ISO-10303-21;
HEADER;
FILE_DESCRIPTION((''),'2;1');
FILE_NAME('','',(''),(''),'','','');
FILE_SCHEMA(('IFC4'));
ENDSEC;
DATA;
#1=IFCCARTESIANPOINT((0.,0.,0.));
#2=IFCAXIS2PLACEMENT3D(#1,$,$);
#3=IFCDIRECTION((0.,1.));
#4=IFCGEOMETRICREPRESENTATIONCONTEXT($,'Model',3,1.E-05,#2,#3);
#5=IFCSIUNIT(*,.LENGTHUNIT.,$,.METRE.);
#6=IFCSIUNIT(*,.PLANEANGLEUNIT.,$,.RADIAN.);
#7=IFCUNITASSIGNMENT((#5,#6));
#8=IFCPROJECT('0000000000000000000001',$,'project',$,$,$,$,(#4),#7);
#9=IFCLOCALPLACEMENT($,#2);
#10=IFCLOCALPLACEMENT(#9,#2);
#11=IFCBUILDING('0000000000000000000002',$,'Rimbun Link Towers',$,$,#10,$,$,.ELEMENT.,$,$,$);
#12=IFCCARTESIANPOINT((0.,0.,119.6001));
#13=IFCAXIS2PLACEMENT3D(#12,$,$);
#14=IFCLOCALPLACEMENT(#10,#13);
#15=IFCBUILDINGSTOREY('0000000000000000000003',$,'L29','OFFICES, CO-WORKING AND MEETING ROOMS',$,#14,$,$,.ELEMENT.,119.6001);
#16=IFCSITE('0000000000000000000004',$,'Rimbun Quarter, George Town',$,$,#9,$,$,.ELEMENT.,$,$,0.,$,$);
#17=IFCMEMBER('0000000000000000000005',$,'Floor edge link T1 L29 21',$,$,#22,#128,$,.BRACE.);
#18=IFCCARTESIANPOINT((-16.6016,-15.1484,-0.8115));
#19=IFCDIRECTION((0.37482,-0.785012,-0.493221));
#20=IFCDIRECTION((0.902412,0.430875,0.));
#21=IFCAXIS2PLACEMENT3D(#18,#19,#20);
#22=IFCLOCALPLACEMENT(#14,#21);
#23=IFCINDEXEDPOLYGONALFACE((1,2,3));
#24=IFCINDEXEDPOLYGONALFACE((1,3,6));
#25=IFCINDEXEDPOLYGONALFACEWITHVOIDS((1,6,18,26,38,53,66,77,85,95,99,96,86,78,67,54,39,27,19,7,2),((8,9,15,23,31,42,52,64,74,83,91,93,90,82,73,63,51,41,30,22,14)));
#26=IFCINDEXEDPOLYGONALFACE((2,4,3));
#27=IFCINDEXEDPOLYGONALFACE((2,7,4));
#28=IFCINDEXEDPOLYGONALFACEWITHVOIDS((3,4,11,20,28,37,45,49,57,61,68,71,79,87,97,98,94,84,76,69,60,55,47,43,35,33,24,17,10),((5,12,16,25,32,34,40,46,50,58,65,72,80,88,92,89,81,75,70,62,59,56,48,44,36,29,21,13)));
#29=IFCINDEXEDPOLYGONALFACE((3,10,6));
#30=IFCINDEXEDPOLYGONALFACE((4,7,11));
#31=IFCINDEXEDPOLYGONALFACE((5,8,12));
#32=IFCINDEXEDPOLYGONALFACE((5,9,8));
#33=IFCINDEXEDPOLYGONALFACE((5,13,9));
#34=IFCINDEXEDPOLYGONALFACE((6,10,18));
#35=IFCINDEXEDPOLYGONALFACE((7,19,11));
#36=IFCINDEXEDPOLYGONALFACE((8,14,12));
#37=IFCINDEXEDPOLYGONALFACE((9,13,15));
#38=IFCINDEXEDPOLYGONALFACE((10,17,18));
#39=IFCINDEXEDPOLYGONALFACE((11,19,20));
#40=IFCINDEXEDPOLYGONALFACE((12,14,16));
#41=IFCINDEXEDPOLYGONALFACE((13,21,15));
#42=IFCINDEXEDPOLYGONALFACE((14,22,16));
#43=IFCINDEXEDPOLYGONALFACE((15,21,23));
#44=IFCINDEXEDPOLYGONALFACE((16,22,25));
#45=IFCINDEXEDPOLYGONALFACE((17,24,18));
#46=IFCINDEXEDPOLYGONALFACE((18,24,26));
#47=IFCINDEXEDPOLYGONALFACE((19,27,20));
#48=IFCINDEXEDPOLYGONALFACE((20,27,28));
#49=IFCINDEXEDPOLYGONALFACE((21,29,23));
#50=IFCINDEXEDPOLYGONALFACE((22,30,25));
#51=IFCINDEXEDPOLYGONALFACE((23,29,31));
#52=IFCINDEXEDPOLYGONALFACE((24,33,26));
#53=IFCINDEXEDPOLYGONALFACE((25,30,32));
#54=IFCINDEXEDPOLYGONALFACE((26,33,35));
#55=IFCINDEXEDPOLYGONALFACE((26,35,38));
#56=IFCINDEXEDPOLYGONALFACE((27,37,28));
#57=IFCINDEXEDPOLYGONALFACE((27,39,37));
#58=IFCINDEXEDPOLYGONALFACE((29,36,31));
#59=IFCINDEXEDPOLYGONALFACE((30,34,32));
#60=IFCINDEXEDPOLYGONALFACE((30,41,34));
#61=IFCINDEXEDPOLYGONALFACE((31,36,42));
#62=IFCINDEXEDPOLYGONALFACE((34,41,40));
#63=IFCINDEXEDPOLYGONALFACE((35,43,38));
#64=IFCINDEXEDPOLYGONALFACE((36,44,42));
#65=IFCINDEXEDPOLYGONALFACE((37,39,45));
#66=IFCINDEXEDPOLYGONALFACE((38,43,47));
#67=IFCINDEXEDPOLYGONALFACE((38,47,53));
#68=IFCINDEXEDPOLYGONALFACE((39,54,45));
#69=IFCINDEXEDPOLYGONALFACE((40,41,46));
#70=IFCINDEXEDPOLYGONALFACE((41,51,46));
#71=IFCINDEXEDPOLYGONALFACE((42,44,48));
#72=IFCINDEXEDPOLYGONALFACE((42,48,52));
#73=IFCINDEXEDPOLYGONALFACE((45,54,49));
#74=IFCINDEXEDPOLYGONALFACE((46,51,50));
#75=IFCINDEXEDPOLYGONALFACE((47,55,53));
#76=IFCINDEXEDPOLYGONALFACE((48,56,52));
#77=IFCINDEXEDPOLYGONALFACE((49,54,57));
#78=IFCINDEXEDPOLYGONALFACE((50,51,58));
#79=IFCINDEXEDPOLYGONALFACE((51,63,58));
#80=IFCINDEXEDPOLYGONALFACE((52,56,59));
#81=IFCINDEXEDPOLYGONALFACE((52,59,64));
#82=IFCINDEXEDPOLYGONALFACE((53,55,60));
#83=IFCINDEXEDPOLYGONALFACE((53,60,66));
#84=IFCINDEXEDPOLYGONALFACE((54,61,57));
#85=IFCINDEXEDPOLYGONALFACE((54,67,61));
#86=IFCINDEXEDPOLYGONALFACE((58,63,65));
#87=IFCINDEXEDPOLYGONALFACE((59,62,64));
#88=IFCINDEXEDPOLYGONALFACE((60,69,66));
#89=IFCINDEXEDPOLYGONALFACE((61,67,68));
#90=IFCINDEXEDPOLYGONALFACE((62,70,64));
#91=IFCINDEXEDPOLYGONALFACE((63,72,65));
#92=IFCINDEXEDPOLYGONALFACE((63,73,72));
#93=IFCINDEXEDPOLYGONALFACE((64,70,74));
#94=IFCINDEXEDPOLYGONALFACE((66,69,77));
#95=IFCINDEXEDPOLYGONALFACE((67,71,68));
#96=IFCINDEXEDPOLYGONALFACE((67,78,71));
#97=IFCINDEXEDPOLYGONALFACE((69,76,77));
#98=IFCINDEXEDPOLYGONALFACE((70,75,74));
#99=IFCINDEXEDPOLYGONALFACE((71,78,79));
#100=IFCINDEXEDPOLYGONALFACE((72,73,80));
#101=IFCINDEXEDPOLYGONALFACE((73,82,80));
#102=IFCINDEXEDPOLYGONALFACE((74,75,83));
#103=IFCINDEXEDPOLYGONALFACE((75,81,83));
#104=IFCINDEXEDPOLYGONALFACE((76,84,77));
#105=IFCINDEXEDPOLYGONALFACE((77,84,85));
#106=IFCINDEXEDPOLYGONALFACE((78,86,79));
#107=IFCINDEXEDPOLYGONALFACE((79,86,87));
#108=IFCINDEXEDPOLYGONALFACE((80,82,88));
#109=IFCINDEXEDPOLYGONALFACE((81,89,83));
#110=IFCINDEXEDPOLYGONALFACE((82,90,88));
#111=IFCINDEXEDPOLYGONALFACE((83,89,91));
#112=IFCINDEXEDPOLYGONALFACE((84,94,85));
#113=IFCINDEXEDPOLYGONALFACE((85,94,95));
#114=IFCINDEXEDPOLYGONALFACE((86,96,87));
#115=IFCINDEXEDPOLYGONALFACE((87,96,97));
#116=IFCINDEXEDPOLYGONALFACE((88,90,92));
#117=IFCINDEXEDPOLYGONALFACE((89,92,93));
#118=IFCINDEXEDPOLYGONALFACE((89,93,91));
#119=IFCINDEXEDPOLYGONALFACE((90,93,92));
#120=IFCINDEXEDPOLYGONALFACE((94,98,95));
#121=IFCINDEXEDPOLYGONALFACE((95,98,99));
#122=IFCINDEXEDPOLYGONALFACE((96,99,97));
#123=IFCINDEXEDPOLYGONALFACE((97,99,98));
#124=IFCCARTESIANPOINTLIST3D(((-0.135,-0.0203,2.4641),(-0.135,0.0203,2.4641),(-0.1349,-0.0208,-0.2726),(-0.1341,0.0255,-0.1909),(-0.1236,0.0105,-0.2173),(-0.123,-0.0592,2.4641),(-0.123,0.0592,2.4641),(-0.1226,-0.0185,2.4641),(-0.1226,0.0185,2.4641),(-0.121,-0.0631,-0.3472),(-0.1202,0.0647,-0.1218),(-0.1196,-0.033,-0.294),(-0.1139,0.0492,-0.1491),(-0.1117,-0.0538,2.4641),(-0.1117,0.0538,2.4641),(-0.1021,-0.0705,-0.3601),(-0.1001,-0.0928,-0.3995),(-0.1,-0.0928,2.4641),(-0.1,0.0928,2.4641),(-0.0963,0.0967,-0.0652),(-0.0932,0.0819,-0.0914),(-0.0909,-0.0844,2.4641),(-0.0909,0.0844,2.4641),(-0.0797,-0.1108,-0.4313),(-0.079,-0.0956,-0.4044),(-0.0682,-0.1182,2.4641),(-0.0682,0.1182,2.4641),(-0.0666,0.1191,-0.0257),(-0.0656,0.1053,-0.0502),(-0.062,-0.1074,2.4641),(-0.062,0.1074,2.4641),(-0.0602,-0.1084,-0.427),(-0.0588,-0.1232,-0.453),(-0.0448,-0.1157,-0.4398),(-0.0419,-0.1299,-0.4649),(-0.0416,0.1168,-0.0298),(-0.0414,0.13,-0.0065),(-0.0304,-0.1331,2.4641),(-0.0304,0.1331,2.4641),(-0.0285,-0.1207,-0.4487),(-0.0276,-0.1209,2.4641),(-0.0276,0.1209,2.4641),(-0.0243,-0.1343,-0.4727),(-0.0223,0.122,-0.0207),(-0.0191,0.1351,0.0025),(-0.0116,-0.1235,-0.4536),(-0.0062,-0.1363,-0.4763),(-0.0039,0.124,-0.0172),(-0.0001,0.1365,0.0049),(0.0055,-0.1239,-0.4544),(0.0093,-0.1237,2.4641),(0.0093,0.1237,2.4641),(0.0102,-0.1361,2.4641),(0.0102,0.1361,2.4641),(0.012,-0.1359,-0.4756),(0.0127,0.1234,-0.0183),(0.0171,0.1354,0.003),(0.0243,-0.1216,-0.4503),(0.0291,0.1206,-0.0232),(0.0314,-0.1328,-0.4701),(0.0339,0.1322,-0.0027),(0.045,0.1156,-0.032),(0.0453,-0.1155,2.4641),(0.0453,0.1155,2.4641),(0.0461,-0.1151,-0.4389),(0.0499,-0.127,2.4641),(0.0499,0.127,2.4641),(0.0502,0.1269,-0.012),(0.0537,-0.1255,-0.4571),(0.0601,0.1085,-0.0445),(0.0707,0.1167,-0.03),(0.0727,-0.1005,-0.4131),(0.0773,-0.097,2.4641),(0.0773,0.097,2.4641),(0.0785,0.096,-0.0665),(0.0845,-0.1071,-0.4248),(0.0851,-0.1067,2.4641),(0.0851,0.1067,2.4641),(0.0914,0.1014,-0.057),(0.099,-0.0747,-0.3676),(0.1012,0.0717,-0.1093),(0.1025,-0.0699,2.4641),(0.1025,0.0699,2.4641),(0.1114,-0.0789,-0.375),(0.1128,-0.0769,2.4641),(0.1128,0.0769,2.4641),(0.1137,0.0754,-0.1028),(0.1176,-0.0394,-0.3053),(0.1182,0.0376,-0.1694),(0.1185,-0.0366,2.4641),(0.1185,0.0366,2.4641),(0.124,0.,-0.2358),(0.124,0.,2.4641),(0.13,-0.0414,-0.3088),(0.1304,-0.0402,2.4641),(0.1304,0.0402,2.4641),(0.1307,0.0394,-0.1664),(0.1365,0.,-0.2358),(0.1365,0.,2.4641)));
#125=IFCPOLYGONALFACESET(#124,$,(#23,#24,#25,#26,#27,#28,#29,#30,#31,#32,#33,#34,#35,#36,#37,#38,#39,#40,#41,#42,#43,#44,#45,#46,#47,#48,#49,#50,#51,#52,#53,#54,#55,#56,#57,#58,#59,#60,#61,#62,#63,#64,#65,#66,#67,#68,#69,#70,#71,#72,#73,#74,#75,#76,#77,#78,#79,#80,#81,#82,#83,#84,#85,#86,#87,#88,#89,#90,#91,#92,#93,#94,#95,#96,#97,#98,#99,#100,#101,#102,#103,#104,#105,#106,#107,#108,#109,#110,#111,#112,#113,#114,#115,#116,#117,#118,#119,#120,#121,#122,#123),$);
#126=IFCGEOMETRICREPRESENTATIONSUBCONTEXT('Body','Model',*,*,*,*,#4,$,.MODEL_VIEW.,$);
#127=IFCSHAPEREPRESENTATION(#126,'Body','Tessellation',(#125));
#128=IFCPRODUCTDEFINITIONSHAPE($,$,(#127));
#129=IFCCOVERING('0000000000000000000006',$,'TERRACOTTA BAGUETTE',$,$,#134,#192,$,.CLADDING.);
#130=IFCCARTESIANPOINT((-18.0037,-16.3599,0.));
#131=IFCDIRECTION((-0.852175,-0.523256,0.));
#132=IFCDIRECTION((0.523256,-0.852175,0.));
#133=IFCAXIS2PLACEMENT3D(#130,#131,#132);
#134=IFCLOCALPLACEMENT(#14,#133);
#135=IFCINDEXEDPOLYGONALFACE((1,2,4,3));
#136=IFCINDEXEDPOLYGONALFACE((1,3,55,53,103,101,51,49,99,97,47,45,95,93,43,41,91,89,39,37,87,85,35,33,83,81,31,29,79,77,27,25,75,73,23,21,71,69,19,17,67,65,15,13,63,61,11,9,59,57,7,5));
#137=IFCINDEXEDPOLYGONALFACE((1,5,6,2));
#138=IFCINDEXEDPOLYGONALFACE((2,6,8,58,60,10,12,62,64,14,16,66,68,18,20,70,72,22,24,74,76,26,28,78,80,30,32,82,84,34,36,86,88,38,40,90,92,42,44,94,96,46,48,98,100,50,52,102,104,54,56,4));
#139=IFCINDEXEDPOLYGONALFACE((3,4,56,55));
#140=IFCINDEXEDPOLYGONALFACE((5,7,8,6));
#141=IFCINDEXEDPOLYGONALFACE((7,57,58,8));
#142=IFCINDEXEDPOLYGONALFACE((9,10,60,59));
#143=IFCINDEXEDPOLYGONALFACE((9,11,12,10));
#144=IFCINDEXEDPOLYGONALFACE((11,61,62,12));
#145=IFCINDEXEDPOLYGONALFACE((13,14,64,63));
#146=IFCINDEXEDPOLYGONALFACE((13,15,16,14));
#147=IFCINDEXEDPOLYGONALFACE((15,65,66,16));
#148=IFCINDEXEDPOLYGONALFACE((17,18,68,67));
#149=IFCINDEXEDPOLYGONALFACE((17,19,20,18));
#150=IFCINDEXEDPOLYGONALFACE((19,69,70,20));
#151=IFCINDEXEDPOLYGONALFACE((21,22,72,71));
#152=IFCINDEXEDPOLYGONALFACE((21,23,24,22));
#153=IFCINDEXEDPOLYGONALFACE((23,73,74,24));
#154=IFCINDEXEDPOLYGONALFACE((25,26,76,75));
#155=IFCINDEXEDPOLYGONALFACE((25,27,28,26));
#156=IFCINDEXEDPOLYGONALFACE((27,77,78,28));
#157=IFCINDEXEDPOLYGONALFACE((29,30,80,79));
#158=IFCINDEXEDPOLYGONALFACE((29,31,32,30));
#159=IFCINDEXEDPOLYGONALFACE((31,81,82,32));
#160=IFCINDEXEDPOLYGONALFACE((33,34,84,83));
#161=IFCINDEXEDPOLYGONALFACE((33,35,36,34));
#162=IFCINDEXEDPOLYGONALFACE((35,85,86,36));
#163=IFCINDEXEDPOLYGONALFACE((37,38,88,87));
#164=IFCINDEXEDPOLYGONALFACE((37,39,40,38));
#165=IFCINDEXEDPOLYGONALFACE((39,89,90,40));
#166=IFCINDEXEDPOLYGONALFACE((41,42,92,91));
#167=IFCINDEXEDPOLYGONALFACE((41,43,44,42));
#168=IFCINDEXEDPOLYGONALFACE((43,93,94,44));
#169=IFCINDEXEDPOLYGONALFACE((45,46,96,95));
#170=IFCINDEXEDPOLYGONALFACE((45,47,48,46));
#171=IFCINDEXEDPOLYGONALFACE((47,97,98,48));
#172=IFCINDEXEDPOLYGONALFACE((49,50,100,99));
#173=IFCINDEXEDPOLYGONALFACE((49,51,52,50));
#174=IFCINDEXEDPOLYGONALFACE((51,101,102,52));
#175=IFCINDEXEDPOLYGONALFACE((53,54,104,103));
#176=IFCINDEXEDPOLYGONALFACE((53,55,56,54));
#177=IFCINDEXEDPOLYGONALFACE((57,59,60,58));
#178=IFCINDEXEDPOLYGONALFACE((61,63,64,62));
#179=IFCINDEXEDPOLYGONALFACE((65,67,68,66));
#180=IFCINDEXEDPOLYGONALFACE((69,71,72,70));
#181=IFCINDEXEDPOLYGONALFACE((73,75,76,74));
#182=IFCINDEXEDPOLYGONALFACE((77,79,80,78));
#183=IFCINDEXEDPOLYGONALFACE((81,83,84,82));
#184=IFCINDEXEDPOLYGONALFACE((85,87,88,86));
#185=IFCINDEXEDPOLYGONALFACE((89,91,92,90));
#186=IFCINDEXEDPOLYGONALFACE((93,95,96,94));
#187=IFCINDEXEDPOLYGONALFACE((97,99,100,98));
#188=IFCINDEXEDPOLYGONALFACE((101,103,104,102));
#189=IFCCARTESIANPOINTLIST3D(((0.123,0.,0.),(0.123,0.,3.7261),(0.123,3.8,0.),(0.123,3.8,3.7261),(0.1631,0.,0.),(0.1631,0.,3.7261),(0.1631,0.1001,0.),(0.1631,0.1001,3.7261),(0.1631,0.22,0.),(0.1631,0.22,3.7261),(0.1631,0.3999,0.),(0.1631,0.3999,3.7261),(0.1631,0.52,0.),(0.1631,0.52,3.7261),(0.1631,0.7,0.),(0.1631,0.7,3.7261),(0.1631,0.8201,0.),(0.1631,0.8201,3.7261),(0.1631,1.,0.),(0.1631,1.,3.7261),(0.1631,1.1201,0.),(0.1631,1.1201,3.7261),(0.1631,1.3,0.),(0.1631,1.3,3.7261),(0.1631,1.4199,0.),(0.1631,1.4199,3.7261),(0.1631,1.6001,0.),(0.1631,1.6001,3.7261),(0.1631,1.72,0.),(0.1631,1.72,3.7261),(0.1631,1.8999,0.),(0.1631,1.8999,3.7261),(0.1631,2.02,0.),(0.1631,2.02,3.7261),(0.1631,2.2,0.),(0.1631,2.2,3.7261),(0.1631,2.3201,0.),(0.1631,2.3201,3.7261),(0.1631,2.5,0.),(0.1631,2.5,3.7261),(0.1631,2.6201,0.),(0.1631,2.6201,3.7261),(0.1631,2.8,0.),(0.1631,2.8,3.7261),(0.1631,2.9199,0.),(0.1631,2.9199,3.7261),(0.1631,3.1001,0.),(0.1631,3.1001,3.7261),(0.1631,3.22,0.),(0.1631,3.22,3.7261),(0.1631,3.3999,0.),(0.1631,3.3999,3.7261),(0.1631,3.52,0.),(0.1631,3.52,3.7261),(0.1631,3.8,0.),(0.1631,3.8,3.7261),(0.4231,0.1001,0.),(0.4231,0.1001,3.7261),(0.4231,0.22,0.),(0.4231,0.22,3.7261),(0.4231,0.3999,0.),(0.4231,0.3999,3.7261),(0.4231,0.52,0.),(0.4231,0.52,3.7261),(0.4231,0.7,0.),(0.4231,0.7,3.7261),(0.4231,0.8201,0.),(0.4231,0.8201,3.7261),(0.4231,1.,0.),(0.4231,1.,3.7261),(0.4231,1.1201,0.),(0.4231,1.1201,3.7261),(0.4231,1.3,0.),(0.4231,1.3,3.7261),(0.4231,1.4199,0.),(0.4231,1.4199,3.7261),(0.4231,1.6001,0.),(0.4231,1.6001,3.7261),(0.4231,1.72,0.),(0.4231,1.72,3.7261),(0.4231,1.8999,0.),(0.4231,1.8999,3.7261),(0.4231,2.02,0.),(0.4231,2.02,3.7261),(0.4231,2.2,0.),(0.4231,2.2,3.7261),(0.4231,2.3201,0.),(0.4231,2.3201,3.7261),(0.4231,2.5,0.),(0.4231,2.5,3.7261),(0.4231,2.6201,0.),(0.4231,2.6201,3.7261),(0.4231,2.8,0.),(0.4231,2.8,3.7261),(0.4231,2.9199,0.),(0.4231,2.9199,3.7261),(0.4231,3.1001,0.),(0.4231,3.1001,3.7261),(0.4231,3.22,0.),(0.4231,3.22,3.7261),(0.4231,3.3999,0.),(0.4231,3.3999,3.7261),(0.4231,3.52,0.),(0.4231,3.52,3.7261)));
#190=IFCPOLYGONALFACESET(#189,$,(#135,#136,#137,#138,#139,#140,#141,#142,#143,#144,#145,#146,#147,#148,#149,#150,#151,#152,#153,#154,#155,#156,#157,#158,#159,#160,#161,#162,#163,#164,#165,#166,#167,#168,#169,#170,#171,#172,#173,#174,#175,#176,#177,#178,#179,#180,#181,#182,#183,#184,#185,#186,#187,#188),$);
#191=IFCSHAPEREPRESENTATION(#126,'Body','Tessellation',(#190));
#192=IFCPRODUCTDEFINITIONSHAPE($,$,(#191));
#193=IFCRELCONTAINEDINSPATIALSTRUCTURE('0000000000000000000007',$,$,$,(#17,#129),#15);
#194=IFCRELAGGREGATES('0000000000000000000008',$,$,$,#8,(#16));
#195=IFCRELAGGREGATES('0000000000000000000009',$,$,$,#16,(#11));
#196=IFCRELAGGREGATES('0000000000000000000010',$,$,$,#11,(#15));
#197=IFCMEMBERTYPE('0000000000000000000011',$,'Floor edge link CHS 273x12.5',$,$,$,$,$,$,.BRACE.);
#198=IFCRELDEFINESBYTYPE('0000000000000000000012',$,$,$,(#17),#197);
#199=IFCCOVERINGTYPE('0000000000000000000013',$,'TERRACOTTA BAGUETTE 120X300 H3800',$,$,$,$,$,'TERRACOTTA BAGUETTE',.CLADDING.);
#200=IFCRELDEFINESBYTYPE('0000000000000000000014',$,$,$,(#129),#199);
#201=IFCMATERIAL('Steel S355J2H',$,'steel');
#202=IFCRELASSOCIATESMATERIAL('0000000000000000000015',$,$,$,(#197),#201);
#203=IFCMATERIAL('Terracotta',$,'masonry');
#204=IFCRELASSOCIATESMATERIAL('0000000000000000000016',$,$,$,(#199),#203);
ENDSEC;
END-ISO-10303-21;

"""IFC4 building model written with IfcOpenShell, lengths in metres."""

from ifc_helpers import new_model, si_unit, direction, frame, origin, origin_2d, place, context, subcontext, project, spatial, polyline, hollow_circle, outline, extrude, clip, halfspace, material, material_profile, profile_set, type_object, element, save


model = new_model("IFC4")

# Units and contexts
model_context = context("Model", 3, precision=1e-05, world=origin(), true_north=direction((0.0, 1.0)))
body_context = subcontext(model_context, "Body", "Model", "MODEL_VIEW")
ifc_project = project(units=[si_unit("LENGTHUNIT", "METRE"), si_unit("PLANEANGLEUNIT", "RADIAN")], contexts=[model_context])

# Site, building, storey
site_placement = place(None, origin())
site = spatial("IfcSite", under=ifc_project, at=site_placement, Name="Rimbun Quarter, George Town", CompositionType="ELEMENT", RefElevation=0.0)
building_placement = place(site_placement, origin())
building = spatial("IfcBuilding", under=site, at=building_placement, Name="Rimbun Link Towers", CompositionType="ELEMENT")
storey_placement = place(building_placement, frame((0.0, 0.0, 119.6001)))
storey = spatial("IfcBuildingStorey", under=building, at=storey_placement, Name="L29", Description="OFFICES, CO-WORKING AND MEETING ROOMS", CompositionType="ELEMENT", Elevation=119.6001)

# Member
ifc_material_1 = material(Name="Steel S355J2H", Category="steel")
ifc_material_profile_1 = material_profile(ifc_material_1, hollow_circle(Radius=0.1365, WallThickness=0.0125, at=origin_2d()), Name="CHS 273x12.5")
ifc_profile_set_1 = profile_set([ifc_material_profile_1], Name="Steel S355J2H")
member_type_1 = type_object("IfcMemberType", Name="Floor edge link CHS 273x12.5", PredefinedType="BRACE", material=ifc_profile_set_1)
member_1_placement = place(storey_placement, frame((-16.6016, -15.1484, -0.8115), z_axis=(0.37482, -0.785012, -0.493221), x_axis=(0.902412, 0.430875, 0.0)))
element("IfcMember", 1, at=member_1_placement, inside=storey, type_object=member_type_1, Name="Floor edge link T1 L29 21", PredefinedType="BRACE", context=body_context, shape_type="Clipping", body=[
    clip(extrude(hollow_circle(Radius=0.1365, WallThickness=0.0125, at=origin_2d()), frame((0.0, 0.0, -0.5017)), (0.0, 0.0, 1.0), 2.9658), halfspace(frame((0.0, 0.0, -0.2358), z_axis=(0.0, 0.869904, -0.493221)), False)),
])

# Covering
ifc_material_2 = material(Name="Terracotta", Category="masonry")
ifc_material_profile_2 = material_profile(ifc_material_2, outline(polyline([(0.123, 0.0), (0.1631, 0.0), (0.1631, 0.1001), (0.4231, 0.1001), (0.4231, 0.22), (0.1631, 0.22), (0.1631, 0.3999), (0.4231, 0.3999), (0.4231, 0.52), (0.1631, 0.52), (0.1631, 0.7), (0.4231, 0.7), (0.4231, 0.8201), (0.1631, 0.8201), (0.1631, 1.0), (0.4231, 1.0), (0.4231, 1.1201), (0.1631, 1.1201), (0.1631, 1.3), (0.4231, 1.3), (0.4231, 1.4199), (0.1631, 1.4199), (0.1631, 1.6001), (0.4231, 1.6001), (0.4231, 1.72), (0.1631, 1.72), (0.1631, 1.8999), (0.4231, 1.8999), (0.4231, 2.02), (0.1631, 2.02), (0.1631, 2.2), (0.4231, 2.2), (0.4231, 2.3201), (0.1631, 2.3201), (0.1631, 2.5), (0.4231, 2.5), (0.4231, 2.6201), (0.1631, 2.6201), (0.1631, 2.8), (0.4231, 2.8), (0.4231, 2.9199), (0.1631, 2.9199), (0.1631, 3.1001), (0.4231, 3.1001), (0.4231, 3.22), (0.1631, 3.22), (0.1631, 3.3999), (0.4231, 3.3999), (0.4231, 3.52), (0.1631, 3.52), (0.1631, 3.8), (0.123, 3.8), (0.123, 0.0)])), Name="BAGUETTE 120X300")
ifc_profile_set_2 = profile_set([ifc_material_profile_2], Name="Terracotta")
covering_type = type_object("IfcCoveringType", Name="TERRACOTTA BAGUETTE 120X300 H3800", ElementType="TERRACOTTA BAGUETTE", PredefinedType="CLADDING", material=ifc_profile_set_2)
covering_1_placement = place(storey_placement, frame((-18.0037, -16.3599, 0.0), z_axis=(-0.852175, -0.523256, 0.0), x_axis=(0.523256, -0.852175, 0.0)))
element("IfcCovering", 2, at=covering_1_placement, inside=storey, type_object=covering_type, Name="TERRACOTTA BAGUETTE", PredefinedType="CLADDING", context=body_context, shape_type="SweptSolid", body=[
    extrude(outline(polyline([(0.123, 0.0), (0.1631, 0.0), (0.1631, 0.1001), (0.4231, 0.1001), (0.4231, 0.22), (0.1631, 0.22), (0.1631, 0.3999), (0.4231, 0.3999), (0.4231, 0.52), (0.1631, 0.52), (0.1631, 0.7), (0.4231, 0.7), (0.4231, 0.8201), (0.1631, 0.8201), (0.1631, 1.0), (0.4231, 1.0), (0.4231, 1.1201), (0.1631, 1.1201), (0.1631, 1.3), (0.4231, 1.3), (0.4231, 1.4199), (0.1631, 1.4199), (0.1631, 1.6001), (0.4231, 1.6001), (0.4231, 1.72), (0.1631, 1.72), (0.1631, 1.8999), (0.4231, 1.8999), (0.4231, 2.02), (0.1631, 2.02), (0.1631, 2.2), (0.4231, 2.2), (0.4231, 2.3201), (0.1631, 2.3201), (0.1631, 2.5), (0.4231, 2.5), (0.4231, 2.6201), (0.1631, 2.6201), (0.1631, 2.8), (0.4231, 2.8), (0.4231, 2.9199), (0.1631, 2.9199), (0.1631, 3.1001), (0.4231, 3.1001), (0.4231, 3.22), (0.1631, 3.22), (0.1631, 3.3999), (0.4231, 3.3999), (0.4231, 3.52), (0.1631, 3.52), (0.1631, 3.8), (0.123, 3.8), (0.123, 0.0)])), origin(), (0.0, 0.0, 1.0), 3.7261),
])

save(model, "model.ifc")
